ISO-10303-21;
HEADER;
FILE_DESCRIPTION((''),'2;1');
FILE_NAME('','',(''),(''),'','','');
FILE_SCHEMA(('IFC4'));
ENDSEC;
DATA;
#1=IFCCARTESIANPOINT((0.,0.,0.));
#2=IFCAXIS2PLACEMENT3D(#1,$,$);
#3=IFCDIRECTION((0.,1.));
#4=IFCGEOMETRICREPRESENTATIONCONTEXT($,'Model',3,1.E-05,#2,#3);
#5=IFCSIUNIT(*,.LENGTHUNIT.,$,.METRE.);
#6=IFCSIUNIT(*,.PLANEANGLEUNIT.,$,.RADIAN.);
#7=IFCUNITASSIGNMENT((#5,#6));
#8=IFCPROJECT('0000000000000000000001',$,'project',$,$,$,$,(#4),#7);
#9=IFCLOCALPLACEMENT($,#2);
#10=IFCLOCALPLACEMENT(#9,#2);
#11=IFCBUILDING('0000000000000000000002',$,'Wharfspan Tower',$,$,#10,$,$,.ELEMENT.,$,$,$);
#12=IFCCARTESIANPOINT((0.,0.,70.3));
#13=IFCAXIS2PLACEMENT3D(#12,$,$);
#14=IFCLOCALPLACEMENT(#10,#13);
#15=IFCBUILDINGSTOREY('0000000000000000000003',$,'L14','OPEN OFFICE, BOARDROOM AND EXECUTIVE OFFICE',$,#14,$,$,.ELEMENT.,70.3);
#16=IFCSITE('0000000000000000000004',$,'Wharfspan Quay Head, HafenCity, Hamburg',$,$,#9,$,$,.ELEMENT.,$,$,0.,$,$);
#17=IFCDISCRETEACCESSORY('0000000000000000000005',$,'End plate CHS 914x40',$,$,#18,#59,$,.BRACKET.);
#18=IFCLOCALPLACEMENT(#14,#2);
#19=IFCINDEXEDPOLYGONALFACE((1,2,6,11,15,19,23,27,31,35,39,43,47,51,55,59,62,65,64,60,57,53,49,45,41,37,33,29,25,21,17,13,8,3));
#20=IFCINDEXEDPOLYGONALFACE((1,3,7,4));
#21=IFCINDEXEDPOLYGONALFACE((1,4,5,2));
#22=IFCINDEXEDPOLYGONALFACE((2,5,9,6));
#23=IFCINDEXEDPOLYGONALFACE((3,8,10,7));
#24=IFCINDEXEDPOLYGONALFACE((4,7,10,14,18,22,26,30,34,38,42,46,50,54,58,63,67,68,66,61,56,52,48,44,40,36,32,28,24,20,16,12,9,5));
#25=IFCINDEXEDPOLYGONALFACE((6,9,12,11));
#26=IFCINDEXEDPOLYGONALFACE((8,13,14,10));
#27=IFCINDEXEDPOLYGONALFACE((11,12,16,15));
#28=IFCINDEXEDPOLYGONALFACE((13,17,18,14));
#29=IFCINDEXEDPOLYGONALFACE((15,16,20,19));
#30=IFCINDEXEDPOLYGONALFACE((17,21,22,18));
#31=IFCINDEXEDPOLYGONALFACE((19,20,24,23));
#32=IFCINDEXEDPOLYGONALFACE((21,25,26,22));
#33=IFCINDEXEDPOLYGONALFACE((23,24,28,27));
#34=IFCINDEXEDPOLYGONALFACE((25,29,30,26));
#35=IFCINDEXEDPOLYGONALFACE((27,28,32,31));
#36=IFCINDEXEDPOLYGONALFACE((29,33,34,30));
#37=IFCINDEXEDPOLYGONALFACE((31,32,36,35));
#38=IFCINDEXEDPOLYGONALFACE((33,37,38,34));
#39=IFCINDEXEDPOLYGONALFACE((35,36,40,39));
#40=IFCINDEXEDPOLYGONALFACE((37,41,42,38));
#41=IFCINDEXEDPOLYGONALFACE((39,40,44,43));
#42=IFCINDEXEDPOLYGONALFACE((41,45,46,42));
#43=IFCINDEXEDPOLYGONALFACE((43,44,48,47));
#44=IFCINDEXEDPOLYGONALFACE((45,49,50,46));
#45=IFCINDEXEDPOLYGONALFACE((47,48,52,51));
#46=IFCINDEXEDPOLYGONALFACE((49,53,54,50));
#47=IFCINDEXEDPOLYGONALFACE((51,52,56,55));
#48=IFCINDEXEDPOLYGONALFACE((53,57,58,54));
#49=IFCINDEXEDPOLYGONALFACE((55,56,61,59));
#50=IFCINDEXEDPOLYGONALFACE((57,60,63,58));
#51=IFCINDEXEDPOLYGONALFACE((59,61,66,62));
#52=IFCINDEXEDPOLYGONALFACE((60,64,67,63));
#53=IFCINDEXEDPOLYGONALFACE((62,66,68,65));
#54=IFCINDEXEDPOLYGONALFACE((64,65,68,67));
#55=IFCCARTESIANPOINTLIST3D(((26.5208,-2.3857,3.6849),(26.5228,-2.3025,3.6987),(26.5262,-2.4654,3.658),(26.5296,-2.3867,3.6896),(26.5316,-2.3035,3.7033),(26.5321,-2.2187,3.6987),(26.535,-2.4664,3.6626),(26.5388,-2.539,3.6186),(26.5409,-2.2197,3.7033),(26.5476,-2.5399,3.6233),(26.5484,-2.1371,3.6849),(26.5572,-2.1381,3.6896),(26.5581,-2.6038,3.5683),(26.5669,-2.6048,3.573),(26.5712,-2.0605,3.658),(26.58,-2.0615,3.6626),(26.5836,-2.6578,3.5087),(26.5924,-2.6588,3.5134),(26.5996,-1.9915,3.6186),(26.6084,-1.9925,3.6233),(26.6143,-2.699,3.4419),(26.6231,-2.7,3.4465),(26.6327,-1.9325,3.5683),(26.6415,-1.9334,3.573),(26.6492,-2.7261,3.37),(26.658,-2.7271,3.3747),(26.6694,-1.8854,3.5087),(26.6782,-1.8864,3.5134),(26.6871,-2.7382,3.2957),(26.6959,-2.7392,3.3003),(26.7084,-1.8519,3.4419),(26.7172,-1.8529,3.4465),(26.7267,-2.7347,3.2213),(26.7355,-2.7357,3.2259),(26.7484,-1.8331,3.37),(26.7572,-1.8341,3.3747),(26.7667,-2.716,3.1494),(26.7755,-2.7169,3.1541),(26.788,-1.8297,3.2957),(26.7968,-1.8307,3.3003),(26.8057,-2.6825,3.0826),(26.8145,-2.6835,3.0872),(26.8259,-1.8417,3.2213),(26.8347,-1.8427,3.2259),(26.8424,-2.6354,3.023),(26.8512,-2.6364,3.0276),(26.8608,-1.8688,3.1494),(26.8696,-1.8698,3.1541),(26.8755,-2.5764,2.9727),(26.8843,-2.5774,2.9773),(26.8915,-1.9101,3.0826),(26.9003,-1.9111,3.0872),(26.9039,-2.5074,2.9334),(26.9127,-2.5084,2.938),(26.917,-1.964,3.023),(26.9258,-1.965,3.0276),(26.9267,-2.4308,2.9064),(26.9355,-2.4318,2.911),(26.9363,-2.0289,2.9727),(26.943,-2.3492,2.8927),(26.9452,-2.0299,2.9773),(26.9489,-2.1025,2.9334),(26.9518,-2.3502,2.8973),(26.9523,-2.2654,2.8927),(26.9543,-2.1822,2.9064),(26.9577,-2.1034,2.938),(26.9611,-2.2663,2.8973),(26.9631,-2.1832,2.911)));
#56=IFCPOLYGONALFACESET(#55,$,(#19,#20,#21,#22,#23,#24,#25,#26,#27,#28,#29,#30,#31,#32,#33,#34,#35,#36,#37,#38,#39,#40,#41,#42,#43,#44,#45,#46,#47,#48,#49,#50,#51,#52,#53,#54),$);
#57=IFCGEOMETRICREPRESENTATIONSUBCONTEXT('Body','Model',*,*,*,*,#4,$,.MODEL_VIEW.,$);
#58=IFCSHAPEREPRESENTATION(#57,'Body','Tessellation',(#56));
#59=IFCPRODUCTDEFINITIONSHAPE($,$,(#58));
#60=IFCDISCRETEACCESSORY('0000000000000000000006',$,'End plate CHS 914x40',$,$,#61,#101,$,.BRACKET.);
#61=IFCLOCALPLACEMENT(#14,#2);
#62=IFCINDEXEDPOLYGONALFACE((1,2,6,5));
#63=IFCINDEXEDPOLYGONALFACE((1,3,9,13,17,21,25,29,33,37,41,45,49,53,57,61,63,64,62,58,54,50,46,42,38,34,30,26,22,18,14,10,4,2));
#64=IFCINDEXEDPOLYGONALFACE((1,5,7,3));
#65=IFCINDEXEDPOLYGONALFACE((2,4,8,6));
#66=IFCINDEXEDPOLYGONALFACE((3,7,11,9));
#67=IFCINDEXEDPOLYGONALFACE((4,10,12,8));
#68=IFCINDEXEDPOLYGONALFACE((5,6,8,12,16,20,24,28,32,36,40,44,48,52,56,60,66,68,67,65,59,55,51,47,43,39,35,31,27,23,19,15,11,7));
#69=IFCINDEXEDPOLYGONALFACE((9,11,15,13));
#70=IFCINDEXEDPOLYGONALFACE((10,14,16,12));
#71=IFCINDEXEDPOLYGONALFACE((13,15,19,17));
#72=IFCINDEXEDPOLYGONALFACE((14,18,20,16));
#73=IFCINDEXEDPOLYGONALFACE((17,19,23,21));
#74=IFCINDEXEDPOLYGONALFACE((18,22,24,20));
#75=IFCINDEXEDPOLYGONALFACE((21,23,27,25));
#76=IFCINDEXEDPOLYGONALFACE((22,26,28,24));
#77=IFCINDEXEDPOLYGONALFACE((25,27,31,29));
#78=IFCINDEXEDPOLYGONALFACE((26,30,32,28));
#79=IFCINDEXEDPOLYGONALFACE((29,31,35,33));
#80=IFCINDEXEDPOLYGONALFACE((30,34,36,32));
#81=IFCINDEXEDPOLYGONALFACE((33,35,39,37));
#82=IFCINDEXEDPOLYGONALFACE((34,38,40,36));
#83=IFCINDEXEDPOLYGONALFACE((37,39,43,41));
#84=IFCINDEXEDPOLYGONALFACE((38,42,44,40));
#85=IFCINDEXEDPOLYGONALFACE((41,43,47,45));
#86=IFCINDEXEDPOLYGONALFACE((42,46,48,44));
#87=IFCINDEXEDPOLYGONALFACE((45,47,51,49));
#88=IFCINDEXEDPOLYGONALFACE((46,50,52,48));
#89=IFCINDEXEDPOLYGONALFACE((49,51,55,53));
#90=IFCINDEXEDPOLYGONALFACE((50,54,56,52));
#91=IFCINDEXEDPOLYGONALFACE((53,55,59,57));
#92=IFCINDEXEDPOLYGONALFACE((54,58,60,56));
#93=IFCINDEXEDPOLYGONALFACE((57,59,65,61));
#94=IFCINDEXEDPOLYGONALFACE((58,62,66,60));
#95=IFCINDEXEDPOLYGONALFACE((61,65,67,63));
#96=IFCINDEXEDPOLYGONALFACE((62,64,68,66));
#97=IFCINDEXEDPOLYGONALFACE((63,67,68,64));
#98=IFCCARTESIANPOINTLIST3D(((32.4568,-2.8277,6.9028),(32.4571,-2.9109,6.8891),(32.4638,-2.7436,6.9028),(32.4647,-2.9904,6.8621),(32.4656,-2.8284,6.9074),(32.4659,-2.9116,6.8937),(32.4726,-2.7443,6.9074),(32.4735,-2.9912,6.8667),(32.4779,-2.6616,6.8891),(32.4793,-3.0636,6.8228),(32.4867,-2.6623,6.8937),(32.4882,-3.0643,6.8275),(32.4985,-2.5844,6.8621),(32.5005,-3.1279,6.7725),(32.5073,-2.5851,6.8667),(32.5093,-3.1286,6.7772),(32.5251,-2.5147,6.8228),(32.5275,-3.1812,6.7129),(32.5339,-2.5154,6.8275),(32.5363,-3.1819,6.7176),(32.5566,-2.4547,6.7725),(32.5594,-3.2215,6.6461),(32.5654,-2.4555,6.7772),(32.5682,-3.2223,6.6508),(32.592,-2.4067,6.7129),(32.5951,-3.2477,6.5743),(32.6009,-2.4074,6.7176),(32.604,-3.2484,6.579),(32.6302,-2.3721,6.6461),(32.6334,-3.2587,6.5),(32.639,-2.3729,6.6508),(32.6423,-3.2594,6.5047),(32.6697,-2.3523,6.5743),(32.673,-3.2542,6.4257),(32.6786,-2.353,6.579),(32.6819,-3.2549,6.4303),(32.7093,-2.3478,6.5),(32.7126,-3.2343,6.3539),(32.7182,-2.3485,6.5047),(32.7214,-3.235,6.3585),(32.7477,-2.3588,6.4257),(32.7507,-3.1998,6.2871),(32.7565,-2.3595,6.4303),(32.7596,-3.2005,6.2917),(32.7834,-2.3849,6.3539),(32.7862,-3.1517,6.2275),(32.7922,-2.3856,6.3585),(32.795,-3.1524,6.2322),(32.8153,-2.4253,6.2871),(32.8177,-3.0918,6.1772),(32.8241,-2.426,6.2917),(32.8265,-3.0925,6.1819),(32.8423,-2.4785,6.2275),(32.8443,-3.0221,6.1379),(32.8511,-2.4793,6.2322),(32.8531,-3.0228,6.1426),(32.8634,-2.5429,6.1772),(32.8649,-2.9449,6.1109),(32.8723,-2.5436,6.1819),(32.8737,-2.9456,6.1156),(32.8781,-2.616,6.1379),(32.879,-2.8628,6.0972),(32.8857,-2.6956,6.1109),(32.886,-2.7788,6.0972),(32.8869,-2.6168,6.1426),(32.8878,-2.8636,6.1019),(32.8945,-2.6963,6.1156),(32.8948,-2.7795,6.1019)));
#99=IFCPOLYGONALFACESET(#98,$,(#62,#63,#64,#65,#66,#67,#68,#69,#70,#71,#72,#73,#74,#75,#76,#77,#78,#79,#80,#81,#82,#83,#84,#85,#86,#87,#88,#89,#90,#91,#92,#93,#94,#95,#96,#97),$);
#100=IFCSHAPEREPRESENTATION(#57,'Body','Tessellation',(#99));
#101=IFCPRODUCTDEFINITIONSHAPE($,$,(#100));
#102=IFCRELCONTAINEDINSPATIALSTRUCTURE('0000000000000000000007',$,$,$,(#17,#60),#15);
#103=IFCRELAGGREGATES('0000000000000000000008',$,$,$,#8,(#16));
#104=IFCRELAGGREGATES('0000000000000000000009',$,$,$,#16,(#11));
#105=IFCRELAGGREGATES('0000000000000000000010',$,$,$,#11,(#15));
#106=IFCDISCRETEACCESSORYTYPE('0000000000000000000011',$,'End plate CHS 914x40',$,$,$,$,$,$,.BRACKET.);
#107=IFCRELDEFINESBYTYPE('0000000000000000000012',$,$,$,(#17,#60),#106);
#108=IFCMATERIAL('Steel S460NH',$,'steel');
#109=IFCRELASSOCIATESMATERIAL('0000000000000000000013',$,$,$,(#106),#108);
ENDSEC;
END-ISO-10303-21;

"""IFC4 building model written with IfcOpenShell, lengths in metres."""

from ifc_helpers import new_model, si_unit, direction, frame, origin, origin_2d, place, context, subcontext, project, spatial, circle, extrude, material, material_profile, profile_set, type_object, element, save


model = new_model("IFC4")

# Units and contexts
model_context = context("Model", 3, precision=1e-05, world=origin(), true_north=direction((0.0, 1.0)))
body_context = subcontext(model_context, "Body", "Model", "MODEL_VIEW")
ifc_project = project(units=[si_unit("LENGTHUNIT", "METRE"), si_unit("PLANEANGLEUNIT", "RADIAN")], contexts=[model_context])

# Site, building, storey
site_placement = place(None, origin())
site = spatial("IfcSite", under=ifc_project, at=site_placement, Name="Wharfspan Quay Head, HafenCity, Hamburg", CompositionType="ELEMENT", RefElevation=0.0)
building_placement = place(site_placement, origin())
building = spatial("IfcBuilding", under=site, at=building_placement, Name="Wharfspan Tower", CompositionType="ELEMENT")
storey_placement = place(building_placement, frame((0.0, 0.0, 70.3)))
storey = spatial("IfcBuildingStorey", under=building, at=storey_placement, Name="L14", Description="OPEN OFFICE, BOARDROOM AND EXECUTIVE OFFICE", CompositionType="ELEMENT", Elevation=70.3)

# Shared definitions
ifc_material_1 = material(Name="Steel S460NH", Category="steel")

# Discrete accessories
ifc_material_profile_1 = material_profile(ifc_material_1, circle(Radius=0.457, at=origin_2d()))
ifc_profile_set_1 = profile_set([ifc_material_profile_1], Name="Steel S460NH")
discrete_accessory_type = type_object("IfcDiscreteAccessoryType", Name="End plate CHS 914x40", PredefinedType="BRACKET", material=ifc_profile_set_1)
for number, where, z_axis, x_axis, name in (
    (1, (26.7375, -2.2839, 3.2957), (0.880146, -0.097794, 0.464521), (0.110432, 0.993888, 0.0), "End plate CHS 914x40"),
    (2, (32.6714, -2.8032, 6.5), (0.881993, -0.073499, 0.465496), (0.083046, 0.996545, -0.000002), "End plate CHS 914x40"),
):
    element("IfcDiscreteAccessory", number, at=place(storey_placement, frame(where, z_axis=z_axis, x_axis=x_axis)), inside=storey, type_object=discrete_accessory_type, Name=name, PredefinedType="BRACKET", context=body_context, shape_type="SweptSolid", body=[
        extrude(circle(Radius=0.457, at=origin_2d()), origin(), (0.0, 0.0, 1.0), 0.01),
    ])

save(model, "model.ifc")
